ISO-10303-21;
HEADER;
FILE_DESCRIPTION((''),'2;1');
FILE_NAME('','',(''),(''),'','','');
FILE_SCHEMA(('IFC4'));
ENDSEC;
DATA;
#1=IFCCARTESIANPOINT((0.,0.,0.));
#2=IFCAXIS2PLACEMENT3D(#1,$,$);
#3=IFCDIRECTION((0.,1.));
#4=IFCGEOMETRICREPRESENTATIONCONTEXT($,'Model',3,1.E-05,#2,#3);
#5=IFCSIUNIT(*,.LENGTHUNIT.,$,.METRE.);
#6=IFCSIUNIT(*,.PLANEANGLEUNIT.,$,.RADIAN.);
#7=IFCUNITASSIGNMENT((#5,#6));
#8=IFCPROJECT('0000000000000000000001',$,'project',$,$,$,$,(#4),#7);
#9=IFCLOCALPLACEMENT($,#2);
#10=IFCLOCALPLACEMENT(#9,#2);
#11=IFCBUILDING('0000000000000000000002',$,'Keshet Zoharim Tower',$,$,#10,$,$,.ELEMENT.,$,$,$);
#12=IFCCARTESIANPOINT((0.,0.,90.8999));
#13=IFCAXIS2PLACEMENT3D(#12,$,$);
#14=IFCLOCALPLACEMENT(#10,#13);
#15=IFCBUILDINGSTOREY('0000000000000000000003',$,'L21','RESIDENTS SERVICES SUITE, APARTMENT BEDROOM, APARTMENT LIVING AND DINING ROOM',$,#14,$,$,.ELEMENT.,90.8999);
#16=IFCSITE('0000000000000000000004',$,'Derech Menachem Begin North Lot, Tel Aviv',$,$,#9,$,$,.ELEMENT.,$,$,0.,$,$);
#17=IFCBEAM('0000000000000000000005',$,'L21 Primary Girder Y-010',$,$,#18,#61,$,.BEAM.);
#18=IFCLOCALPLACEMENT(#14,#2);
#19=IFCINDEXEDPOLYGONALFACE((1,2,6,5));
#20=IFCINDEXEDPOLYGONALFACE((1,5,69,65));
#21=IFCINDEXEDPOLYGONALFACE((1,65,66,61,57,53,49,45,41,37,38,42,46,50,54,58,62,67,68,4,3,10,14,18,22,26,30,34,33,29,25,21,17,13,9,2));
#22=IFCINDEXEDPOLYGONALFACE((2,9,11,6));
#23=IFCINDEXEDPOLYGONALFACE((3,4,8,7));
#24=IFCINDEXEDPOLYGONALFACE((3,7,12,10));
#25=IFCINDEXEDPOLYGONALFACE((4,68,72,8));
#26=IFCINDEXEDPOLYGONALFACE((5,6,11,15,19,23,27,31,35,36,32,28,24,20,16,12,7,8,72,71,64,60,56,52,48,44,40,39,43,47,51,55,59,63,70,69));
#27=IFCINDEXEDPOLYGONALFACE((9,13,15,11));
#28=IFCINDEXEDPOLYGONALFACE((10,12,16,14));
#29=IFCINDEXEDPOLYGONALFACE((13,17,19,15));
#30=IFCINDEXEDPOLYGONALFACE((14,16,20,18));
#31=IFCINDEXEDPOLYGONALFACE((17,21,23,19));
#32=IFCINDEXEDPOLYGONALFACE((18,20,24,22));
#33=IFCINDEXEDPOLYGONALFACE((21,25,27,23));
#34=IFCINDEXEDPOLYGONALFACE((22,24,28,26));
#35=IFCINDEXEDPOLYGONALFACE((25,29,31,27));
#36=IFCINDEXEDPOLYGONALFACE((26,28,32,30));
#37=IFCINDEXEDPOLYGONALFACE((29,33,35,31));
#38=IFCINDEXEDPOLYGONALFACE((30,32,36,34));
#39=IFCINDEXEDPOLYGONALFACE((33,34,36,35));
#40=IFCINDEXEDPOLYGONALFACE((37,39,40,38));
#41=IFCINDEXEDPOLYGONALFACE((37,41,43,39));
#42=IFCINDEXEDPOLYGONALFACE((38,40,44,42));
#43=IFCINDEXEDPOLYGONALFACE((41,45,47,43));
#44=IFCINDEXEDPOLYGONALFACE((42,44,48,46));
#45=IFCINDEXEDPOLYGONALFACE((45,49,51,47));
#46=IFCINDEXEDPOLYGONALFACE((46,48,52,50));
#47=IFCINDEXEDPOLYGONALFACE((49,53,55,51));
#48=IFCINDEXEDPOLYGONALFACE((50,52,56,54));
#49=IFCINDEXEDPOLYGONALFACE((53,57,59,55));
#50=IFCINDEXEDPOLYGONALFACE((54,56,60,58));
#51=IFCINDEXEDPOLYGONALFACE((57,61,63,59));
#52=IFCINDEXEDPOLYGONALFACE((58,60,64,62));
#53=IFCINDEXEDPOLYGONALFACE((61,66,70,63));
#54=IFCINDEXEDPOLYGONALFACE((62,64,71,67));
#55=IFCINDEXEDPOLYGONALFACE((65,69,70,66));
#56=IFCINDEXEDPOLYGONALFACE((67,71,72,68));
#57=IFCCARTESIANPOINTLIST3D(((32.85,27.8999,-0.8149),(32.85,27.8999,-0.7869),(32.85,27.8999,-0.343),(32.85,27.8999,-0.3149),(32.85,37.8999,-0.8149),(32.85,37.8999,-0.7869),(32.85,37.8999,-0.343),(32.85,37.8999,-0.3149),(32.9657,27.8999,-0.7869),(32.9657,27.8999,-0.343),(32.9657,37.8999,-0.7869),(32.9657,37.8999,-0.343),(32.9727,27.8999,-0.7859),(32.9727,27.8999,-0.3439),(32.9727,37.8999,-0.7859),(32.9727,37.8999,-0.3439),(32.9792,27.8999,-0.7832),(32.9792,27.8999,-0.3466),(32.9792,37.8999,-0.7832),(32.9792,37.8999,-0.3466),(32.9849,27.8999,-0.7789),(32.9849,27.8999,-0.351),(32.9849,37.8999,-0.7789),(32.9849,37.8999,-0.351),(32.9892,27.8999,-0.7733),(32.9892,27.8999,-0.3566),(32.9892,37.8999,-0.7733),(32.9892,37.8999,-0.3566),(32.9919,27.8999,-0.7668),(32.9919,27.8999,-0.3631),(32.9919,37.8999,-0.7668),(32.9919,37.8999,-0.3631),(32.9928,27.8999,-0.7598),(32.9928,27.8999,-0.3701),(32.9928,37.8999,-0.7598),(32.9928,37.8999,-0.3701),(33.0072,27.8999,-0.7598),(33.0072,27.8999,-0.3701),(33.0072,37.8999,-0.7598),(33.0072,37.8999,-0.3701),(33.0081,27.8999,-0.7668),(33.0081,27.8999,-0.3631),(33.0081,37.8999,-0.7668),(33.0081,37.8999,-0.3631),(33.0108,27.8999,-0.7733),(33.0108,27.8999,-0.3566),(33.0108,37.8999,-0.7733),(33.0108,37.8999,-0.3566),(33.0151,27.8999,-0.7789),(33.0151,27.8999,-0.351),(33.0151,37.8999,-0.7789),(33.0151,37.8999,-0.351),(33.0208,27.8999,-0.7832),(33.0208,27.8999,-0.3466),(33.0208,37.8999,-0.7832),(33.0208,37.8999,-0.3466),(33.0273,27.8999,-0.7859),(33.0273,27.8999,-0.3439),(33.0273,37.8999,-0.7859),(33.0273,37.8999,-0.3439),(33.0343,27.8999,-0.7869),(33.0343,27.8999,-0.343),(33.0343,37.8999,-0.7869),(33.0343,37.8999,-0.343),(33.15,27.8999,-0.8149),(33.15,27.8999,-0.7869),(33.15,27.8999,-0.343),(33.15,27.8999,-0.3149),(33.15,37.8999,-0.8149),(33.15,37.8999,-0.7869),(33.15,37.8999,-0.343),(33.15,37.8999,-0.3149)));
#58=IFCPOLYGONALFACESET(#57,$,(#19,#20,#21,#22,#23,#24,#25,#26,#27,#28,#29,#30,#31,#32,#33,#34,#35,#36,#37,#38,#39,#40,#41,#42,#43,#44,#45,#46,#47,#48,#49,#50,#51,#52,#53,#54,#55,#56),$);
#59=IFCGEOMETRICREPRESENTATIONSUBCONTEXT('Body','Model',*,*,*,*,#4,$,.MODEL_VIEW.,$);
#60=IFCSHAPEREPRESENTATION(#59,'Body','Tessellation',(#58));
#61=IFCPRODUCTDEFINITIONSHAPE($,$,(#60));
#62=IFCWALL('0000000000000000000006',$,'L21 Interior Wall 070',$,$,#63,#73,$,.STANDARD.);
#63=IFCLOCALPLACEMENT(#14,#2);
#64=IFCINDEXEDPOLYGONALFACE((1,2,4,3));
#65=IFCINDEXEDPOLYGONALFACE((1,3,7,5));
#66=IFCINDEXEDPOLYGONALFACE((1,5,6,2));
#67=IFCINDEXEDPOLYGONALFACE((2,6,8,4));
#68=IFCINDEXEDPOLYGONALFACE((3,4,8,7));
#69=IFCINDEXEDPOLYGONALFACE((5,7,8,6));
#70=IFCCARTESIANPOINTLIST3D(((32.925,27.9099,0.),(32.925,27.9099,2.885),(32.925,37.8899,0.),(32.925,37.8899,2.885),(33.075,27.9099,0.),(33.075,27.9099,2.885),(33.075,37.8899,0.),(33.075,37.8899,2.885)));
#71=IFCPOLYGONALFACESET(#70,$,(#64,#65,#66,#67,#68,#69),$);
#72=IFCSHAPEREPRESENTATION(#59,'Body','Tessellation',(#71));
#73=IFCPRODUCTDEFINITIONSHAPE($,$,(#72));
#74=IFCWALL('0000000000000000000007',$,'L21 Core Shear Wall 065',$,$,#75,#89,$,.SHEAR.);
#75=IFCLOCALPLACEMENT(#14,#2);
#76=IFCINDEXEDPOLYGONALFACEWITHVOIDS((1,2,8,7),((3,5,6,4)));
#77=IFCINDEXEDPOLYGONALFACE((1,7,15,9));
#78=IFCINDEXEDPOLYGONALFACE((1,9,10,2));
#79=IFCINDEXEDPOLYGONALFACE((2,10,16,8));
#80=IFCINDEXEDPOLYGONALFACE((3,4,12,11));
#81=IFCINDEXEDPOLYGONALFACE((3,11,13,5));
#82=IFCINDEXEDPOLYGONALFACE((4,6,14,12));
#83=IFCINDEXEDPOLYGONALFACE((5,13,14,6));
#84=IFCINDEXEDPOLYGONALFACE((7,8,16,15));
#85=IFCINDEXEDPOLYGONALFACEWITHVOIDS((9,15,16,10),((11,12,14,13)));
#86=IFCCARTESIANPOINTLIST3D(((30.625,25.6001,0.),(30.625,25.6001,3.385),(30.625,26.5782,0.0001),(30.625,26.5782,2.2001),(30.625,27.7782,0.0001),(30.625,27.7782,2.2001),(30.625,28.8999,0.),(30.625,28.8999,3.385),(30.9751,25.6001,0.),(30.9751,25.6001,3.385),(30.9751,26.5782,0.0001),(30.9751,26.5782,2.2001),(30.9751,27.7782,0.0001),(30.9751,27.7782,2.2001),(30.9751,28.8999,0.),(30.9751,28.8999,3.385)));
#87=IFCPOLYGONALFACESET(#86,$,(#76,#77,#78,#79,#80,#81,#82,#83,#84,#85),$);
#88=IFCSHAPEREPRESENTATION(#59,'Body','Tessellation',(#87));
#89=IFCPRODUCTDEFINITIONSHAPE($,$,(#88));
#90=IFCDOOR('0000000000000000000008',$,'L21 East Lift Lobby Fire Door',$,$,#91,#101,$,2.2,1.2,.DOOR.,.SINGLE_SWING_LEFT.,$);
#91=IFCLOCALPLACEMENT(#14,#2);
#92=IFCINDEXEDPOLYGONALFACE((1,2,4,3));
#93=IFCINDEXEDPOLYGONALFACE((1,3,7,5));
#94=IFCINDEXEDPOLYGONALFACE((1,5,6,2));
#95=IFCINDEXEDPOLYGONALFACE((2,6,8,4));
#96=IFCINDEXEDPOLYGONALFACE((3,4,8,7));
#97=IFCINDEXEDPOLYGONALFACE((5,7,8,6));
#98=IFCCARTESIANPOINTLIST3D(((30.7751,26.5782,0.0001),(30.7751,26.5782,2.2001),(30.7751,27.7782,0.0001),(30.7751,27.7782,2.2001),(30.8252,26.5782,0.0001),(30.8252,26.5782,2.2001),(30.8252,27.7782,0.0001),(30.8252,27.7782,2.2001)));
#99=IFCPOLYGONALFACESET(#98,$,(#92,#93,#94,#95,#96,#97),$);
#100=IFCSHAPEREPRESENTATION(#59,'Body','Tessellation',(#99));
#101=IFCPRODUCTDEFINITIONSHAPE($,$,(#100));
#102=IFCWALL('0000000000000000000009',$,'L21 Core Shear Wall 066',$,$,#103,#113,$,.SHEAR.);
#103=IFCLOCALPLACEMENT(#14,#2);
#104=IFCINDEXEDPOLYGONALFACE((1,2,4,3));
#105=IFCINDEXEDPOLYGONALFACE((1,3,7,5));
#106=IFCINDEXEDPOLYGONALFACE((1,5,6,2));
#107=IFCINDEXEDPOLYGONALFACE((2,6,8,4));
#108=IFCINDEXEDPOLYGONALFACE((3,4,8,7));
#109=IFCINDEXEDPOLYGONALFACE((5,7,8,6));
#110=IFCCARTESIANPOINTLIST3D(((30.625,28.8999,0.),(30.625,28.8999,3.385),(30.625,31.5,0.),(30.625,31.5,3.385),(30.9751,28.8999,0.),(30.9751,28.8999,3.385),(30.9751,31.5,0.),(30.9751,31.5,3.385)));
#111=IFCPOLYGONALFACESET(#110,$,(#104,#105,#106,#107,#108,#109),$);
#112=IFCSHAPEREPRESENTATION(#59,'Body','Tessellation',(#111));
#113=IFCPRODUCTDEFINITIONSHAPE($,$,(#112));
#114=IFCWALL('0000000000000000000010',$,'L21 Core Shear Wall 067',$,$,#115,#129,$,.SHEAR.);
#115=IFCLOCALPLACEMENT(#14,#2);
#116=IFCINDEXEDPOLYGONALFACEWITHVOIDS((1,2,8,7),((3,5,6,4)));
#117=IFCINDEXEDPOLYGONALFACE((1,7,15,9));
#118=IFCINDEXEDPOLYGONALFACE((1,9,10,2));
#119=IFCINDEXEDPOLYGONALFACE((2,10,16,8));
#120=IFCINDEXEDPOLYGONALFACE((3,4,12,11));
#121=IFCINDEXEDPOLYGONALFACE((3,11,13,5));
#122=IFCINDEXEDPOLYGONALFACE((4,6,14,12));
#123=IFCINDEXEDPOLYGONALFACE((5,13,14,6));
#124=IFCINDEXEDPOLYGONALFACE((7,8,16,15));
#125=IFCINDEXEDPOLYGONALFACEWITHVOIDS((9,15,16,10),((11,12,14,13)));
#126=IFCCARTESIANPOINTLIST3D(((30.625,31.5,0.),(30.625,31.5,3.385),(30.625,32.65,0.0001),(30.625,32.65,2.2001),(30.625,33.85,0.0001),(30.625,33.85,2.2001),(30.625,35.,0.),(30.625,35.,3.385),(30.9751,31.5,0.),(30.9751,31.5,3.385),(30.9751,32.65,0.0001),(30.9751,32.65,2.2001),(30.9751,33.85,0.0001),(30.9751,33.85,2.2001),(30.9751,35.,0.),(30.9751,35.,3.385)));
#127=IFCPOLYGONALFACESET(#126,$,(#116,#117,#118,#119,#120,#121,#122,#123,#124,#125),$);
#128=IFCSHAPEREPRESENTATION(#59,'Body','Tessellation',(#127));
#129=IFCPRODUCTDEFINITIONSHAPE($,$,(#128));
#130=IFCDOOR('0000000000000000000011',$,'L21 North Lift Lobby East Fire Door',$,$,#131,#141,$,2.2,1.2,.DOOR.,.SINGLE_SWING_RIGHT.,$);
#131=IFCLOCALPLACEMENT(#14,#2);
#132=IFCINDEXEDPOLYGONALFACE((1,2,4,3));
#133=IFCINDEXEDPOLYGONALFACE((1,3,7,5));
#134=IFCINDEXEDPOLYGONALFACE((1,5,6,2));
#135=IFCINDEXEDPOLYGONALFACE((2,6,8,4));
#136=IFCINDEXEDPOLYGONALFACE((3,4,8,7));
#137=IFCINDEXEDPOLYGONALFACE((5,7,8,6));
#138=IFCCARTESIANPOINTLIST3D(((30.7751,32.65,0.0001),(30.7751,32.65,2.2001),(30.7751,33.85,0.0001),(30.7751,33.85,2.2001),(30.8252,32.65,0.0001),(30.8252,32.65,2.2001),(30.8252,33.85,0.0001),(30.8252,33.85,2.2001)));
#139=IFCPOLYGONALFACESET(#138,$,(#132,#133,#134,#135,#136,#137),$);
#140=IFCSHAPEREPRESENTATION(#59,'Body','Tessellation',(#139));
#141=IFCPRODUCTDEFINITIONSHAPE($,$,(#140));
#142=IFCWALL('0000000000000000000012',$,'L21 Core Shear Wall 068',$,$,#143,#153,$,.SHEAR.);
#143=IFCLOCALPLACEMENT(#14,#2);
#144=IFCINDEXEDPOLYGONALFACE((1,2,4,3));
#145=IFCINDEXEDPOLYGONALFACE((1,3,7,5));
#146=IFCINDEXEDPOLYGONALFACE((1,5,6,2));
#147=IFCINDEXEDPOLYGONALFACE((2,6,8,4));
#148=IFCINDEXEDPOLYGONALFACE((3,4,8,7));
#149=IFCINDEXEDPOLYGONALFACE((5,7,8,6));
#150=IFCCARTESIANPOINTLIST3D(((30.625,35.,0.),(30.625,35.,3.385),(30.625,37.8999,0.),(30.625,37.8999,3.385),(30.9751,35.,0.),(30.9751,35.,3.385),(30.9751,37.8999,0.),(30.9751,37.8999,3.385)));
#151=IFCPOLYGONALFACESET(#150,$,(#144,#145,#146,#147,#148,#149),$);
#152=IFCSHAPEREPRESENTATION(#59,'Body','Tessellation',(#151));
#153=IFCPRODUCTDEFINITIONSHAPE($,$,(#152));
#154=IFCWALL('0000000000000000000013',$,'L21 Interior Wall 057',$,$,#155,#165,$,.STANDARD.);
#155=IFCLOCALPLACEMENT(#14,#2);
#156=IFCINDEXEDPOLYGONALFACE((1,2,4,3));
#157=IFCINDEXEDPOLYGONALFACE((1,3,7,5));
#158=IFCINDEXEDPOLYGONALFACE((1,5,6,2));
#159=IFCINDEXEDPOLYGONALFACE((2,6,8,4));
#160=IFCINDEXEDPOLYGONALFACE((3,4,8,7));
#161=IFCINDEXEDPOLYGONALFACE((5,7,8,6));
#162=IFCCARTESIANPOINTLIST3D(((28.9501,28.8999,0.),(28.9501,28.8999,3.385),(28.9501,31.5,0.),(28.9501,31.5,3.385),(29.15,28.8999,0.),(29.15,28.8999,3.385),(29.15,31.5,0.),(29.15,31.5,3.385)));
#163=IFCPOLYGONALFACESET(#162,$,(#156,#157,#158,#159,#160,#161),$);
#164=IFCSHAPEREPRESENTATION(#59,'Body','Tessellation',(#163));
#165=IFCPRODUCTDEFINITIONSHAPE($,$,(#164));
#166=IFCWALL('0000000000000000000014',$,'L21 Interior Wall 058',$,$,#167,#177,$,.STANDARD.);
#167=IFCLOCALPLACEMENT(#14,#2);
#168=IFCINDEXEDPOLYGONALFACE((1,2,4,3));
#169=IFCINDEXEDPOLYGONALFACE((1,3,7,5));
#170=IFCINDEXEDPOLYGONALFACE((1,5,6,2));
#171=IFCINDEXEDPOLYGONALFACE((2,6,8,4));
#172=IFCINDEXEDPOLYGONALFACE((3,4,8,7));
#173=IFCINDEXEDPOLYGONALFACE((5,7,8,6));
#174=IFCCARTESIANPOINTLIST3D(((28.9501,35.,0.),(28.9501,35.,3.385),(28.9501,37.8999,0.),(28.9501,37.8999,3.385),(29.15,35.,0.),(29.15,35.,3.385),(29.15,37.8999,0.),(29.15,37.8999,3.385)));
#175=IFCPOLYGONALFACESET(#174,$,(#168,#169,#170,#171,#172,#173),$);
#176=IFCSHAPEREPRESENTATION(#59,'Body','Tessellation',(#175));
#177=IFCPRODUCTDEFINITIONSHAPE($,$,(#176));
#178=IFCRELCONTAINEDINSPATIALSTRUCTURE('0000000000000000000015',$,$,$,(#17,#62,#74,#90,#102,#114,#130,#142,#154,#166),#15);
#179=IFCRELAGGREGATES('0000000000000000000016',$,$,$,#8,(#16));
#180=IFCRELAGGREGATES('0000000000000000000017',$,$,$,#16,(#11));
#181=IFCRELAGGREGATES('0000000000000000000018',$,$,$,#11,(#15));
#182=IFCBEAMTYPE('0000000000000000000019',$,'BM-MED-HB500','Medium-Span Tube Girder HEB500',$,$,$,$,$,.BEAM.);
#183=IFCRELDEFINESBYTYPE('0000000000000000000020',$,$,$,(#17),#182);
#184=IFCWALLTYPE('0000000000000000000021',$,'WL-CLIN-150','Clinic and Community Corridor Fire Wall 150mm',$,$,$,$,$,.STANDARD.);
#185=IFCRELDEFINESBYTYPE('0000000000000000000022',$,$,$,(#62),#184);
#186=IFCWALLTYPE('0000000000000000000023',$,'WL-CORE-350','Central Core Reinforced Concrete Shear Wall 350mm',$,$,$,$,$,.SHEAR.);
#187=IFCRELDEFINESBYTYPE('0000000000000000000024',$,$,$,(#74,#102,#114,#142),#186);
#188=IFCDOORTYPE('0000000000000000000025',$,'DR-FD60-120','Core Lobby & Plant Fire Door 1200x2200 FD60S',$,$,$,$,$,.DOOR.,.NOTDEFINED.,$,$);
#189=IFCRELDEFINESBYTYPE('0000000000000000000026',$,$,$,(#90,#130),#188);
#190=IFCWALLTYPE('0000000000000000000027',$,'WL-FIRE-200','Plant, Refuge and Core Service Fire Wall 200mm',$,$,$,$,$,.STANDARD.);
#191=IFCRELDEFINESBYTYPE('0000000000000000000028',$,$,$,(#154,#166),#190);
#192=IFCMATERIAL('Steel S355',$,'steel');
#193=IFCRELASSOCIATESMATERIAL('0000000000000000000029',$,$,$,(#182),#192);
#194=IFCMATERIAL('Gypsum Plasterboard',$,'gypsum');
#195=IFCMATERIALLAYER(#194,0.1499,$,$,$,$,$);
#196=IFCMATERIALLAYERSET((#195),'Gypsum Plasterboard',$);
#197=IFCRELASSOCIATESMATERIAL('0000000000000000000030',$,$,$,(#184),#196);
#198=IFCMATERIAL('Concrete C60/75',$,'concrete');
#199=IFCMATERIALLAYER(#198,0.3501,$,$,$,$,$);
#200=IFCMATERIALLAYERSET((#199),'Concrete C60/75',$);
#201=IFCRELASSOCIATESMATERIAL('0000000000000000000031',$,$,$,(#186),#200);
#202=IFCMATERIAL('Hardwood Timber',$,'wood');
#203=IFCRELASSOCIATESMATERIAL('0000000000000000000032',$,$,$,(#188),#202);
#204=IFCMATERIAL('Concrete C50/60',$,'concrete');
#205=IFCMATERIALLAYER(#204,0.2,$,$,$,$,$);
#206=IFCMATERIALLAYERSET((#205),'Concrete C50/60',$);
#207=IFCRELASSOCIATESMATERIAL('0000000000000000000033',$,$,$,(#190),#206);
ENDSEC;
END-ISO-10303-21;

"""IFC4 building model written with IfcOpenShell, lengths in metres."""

from ifc_helpers import new_model, si_unit, direction, frame, frame_2d, origin, origin_2d, place, context, subcontext, project, spatial, rectangle, i_section, extrude, material, layer, layer_set, material_profile, profile_set, type_object, element, fill, save


model = new_model("IFC4")

# Units and contexts
model_context = context("Model", 3, precision=1e-05, world=origin(), true_north=direction((0.0, 1.0)))
body_context = subcontext(model_context, "Body", "Model", "MODEL_VIEW")
ifc_project = project(units=[si_unit("LENGTHUNIT", "METRE"), si_unit("PLANEANGLEUNIT", "RADIAN")], contexts=[model_context])

# Site, building, storey
site_placement = place(None, origin())
site = spatial("IfcSite", under=ifc_project, at=site_placement, Name="Derech Menachem Begin North Lot, Tel Aviv", CompositionType="ELEMENT", RefElevation=0.0)
building_placement = place(site_placement, origin())
building = spatial("IfcBuilding", under=site, at=building_placement, Name="Keshet Zoharim Tower", CompositionType="ELEMENT")
storey_placement = place(building_placement, frame((0.0, 0.0, 90.8999)))
storey = spatial("IfcBuildingStorey", under=building, at=storey_placement, Name="L21", Description="RESIDENTS SERVICES SUITE, APARTMENT BEDROOM, APARTMENT LIVING AND DINING ROOM", CompositionType="ELEMENT", Elevation=90.8999)

# Shared definitions
ifc_material_1 = material(Name="Concrete C60/75", Category="concrete")

# Beam
ifc_material_2 = material(Name="Steel S355", Category="steel")
ifc_material_profile_1 = material_profile(ifc_material_2, i_section(OverallWidth=0.3, OverallDepth=0.5, WebThickness=0.0144, FlangeThickness=0.0281, FilletRadius=0.0271, at=origin_2d()), Name="HEB500")
ifc_profile_set_1 = profile_set([ifc_material_profile_1], Name="Steel S355")
beam_type_1 = type_object("IfcBeamType", Name="BM-MED-HB500", Description="Medium-Span Tube Girder HEB500", PredefinedType="BEAM", material=ifc_profile_set_1)
beam_1_placement = place(storey_placement, frame((33.0, 27.8999, -0.5649), z_axis=(0.0, 1.0, 0.0), x_axis=(-1.0, 0.0, 0.0)))
element("IfcBeam", 1, at=beam_1_placement, inside=storey, type_object=beam_type_1, Name="L21 Primary Girder Y-010", PredefinedType="BEAM", context=body_context, shape_type="SweptSolid", body=[
    extrude(i_section(OverallWidth=0.3, OverallDepth=0.5, WebThickness=0.0144, FlangeThickness=0.0281, FilletRadius=0.0271, at=origin_2d()), origin(), (0.0, 0.0, 1.0), 10.0),
])

# Wall
ifc_material_3 = material(Name="Gypsum Plasterboard", Category="gypsum")
ifc_layer_1 = layer(ifc_material_3, 0.1499)
ifc_layer_set_1 = layer_set([ifc_layer_1], Name="Gypsum Plasterboard")
wall_type_1 = type_object("IfcWallType", Name="WL-CLIN-150", Description="Clinic and Community Corridor Fire Wall 150mm", PredefinedType="STANDARD", material=ifc_layer_set_1)
wall_1_placement = place(storey_placement, frame((33.0, 27.9099, 0.0), z_axis=(0.0, 0.0, 1.0), x_axis=(0.0, 1.0, 0.0)))
element("IfcWall", 2, at=wall_1_placement, inside=storey, type_object=wall_type_1, Name="L21 Interior Wall 070", PredefinedType="STANDARD", context=body_context, shape_type="SweptSolid", body=[
    extrude(rectangle(XDim=9.98, YDim=0.1499, at=frame_2d((4.99, 0.0))), origin(), (0.0, 0.0, 1.0), 2.885),
])

# Wall, opening, door
ifc_layer_2 = layer(ifc_material_1, 0.3501)
ifc_layer_set_2 = layer_set([ifc_layer_2], Name="Concrete C60/75")
wall_type_2 = type_object("IfcWallType", Name="WL-CORE-350", Description="Central Core Reinforced Concrete Shear Wall 350mm", PredefinedType="SHEAR", material=ifc_layer_set_2)
wall_2_placement = place(storey_placement, frame((30.8, 25.6001, 0.0), z_axis=(0.0, 0.0, 1.0), x_axis=(0.0, 1.0, 0.0)))
wall_2 = element("IfcWall", 3, at=wall_2_placement, inside=storey, type_object=wall_type_2, Name="L21 Core Shear Wall 065", PredefinedType="SHEAR", context=body_context, shape_type="SweptSolid", body=[
    extrude(rectangle(XDim=3.2998, YDim=0.3501, at=frame_2d((1.6499, 0.0))), origin(), (0.0, 0.0, 1.0), 3.385),
])
opening_1_placement = place(wall_2_placement, frame((0.978, 0.0, 0.0)))
opening_1 = element("IfcOpeningElement", 4, at=opening_1_placement, cuts=wall_2, PredefinedType="OPENING", context=body_context, shape_type="SweptSolid", body=[
    extrude(rectangle(XDim=1.2, YDim=2.2, at=frame_2d((0.6001, 1.1001))), frame((0.0, 0.1851, 0.0), z_axis=(0.0, -1.0, 0.0), x_axis=(1.0, 0.0, 0.0)), (0.0, 0.0, 1.0), 0.3701),
])
ifc_material_4 = material(Name="Hardwood Timber", Category="wood")
door_type_1 = type_object("IfcDoorType", Name="DR-FD60-120", Description="Core Lobby & Plant Fire Door 1200x2200 FD60S", OperationType="NOTDEFINED", PredefinedType="DOOR", material=ifc_material_4)
door_1_placement = place(opening_1_placement, origin())
door_1 = element("IfcDoor", 5, at=door_1_placement, inside=storey, type_object=door_type_1, Name="L21 East Lift Lobby Fire Door", OperationType="SINGLE_SWING_LEFT", OverallHeight=2.2, OverallWidth=1.2, PredefinedType="DOOR", context=body_context, shape_type="SweptSolid", body=[
    extrude(rectangle(XDim=1.2, YDim=2.2, at=frame_2d((0.6001, 1.1001))), frame((0.0, 0.0249, 0.0), z_axis=(0.0, -1.0, 0.0), x_axis=(1.0, 0.0, 0.0)), (0.0, 0.0, 1.0), 0.05),
])
fill(opening_1, door_1)

# Wall
wall_3_placement = place(storey_placement, frame((30.8, 28.8999, 0.0), z_axis=(0.0, 0.0, 1.0), x_axis=(0.0, 1.0, 0.0)))
element("IfcWall", 6, at=wall_3_placement, inside=storey, type_object=wall_type_2, Name="L21 Core Shear Wall 066", PredefinedType="SHEAR", context=body_context, shape_type="SweptSolid", body=[
    extrude(rectangle(XDim=2.6001, YDim=0.3501, at=frame_2d((1.3, 0.0))), origin(), (0.0, 0.0, 1.0), 3.385),
])

# Wall, opening, door
wall_4_placement = place(storey_placement, frame((30.8, 31.5, 0.0), z_axis=(0.0, 0.0, 1.0), x_axis=(0.0, 1.0, 0.0)))
wall_4 = element("IfcWall", 7, at=wall_4_placement, inside=storey, type_object=wall_type_2, Name="L21 Core Shear Wall 067", PredefinedType="SHEAR", context=body_context, shape_type="SweptSolid", body=[
    extrude(rectangle(XDim=3.5, YDim=0.3501, at=frame_2d((1.75, 0.0))), origin(), (0.0, 0.0, 1.0), 3.385),
])
opening_2_placement = place(wall_4_placement, frame((1.1499, 0.0, 0.0)))
opening_2 = element("IfcOpeningElement", 8, at=opening_2_placement, cuts=wall_4, PredefinedType="OPENING", context=body_context, shape_type="SweptSolid", body=[
    extrude(rectangle(XDim=1.2, YDim=2.2, at=frame_2d((0.6001, 1.1001))), frame((0.0, 0.1851, 0.0), z_axis=(0.0, -1.0, 0.0), x_axis=(1.0, 0.0, 0.0)), (0.0, 0.0, 1.0), 0.3701),
])
door_2_placement = place(opening_2_placement, origin())
door_2 = element("IfcDoor", 9, at=door_2_placement, inside=storey, type_object=door_type_1, Name="L21 North Lift Lobby East Fire Door", OperationType="SINGLE_SWING_RIGHT", OverallHeight=2.2, OverallWidth=1.2, PredefinedType="DOOR", context=body_context, shape_type="SweptSolid", body=[
    extrude(rectangle(XDim=1.2, YDim=2.2, at=frame_2d((0.6001, 1.1001))), frame((0.0, 0.0249, 0.0), z_axis=(0.0, -1.0, 0.0), x_axis=(1.0, 0.0, 0.0)), (0.0, 0.0, 1.0), 0.05),
])
fill(opening_2, door_2)

# Wall
wall_5_placement = place(storey_placement, frame((30.8, 35.0, 0.0), z_axis=(0.0, 0.0, 1.0), x_axis=(0.0, 1.0, 0.0)))
element("IfcWall", 10, at=wall_5_placement, inside=storey, type_object=wall_type_2, Name="L21 Core Shear Wall 068", PredefinedType="SHEAR", context=body_context, shape_type="SweptSolid", body=[
    extrude(rectangle(XDim=2.8999, YDim=0.3501, at=frame_2d((1.45, 0.0))), origin(), (0.0, 0.0, 1.0), 3.385),
])

# Walls
ifc_material_5 = material(Name="Concrete C50/60", Category="concrete")
ifc_layer_3 = layer(ifc_material_5, 0.2)
ifc_layer_set_3 = layer_set([ifc_layer_3], Name="Concrete C50/60")
wall_type_3 = type_object("IfcWallType", Name="WL-FIRE-200", Description="Plant, Refuge and Core Service Fire Wall 200mm", PredefinedType="STANDARD", material=ifc_layer_set_3)
wall_6_placement = place(storey_placement, frame((29.05, 28.8999, 0.0), z_axis=(0.0, 0.0, 1.0), x_axis=(0.0, 1.0, 0.0)))
element("IfcWall", 11, at=wall_6_placement, inside=storey, type_object=wall_type_3, Name="L21 Interior Wall 057", PredefinedType="STANDARD", context=body_context, shape_type="SweptSolid", body=[
    extrude(rectangle(XDim=2.6001, YDim=0.2, at=frame_2d((1.3, 0.0))), origin(), (0.0, 0.0, 1.0), 3.385),
])
wall_7_placement = place(storey_placement, frame((29.05, 35.0, 0.0), z_axis=(0.0, 0.0, 1.0), x_axis=(0.0, 1.0, 0.0)))
element("IfcWall", 12, at=wall_7_placement, inside=storey, type_object=wall_type_3, Name="L21 Interior Wall 058", PredefinedType="STANDARD", context=body_context, shape_type="SweptSolid", body=[
    extrude(rectangle(XDim=2.8999, YDim=0.2, at=frame_2d((1.45, 0.0))), origin(), (0.0, 0.0, 1.0), 3.385),
])

save(model, "model.ifc")
